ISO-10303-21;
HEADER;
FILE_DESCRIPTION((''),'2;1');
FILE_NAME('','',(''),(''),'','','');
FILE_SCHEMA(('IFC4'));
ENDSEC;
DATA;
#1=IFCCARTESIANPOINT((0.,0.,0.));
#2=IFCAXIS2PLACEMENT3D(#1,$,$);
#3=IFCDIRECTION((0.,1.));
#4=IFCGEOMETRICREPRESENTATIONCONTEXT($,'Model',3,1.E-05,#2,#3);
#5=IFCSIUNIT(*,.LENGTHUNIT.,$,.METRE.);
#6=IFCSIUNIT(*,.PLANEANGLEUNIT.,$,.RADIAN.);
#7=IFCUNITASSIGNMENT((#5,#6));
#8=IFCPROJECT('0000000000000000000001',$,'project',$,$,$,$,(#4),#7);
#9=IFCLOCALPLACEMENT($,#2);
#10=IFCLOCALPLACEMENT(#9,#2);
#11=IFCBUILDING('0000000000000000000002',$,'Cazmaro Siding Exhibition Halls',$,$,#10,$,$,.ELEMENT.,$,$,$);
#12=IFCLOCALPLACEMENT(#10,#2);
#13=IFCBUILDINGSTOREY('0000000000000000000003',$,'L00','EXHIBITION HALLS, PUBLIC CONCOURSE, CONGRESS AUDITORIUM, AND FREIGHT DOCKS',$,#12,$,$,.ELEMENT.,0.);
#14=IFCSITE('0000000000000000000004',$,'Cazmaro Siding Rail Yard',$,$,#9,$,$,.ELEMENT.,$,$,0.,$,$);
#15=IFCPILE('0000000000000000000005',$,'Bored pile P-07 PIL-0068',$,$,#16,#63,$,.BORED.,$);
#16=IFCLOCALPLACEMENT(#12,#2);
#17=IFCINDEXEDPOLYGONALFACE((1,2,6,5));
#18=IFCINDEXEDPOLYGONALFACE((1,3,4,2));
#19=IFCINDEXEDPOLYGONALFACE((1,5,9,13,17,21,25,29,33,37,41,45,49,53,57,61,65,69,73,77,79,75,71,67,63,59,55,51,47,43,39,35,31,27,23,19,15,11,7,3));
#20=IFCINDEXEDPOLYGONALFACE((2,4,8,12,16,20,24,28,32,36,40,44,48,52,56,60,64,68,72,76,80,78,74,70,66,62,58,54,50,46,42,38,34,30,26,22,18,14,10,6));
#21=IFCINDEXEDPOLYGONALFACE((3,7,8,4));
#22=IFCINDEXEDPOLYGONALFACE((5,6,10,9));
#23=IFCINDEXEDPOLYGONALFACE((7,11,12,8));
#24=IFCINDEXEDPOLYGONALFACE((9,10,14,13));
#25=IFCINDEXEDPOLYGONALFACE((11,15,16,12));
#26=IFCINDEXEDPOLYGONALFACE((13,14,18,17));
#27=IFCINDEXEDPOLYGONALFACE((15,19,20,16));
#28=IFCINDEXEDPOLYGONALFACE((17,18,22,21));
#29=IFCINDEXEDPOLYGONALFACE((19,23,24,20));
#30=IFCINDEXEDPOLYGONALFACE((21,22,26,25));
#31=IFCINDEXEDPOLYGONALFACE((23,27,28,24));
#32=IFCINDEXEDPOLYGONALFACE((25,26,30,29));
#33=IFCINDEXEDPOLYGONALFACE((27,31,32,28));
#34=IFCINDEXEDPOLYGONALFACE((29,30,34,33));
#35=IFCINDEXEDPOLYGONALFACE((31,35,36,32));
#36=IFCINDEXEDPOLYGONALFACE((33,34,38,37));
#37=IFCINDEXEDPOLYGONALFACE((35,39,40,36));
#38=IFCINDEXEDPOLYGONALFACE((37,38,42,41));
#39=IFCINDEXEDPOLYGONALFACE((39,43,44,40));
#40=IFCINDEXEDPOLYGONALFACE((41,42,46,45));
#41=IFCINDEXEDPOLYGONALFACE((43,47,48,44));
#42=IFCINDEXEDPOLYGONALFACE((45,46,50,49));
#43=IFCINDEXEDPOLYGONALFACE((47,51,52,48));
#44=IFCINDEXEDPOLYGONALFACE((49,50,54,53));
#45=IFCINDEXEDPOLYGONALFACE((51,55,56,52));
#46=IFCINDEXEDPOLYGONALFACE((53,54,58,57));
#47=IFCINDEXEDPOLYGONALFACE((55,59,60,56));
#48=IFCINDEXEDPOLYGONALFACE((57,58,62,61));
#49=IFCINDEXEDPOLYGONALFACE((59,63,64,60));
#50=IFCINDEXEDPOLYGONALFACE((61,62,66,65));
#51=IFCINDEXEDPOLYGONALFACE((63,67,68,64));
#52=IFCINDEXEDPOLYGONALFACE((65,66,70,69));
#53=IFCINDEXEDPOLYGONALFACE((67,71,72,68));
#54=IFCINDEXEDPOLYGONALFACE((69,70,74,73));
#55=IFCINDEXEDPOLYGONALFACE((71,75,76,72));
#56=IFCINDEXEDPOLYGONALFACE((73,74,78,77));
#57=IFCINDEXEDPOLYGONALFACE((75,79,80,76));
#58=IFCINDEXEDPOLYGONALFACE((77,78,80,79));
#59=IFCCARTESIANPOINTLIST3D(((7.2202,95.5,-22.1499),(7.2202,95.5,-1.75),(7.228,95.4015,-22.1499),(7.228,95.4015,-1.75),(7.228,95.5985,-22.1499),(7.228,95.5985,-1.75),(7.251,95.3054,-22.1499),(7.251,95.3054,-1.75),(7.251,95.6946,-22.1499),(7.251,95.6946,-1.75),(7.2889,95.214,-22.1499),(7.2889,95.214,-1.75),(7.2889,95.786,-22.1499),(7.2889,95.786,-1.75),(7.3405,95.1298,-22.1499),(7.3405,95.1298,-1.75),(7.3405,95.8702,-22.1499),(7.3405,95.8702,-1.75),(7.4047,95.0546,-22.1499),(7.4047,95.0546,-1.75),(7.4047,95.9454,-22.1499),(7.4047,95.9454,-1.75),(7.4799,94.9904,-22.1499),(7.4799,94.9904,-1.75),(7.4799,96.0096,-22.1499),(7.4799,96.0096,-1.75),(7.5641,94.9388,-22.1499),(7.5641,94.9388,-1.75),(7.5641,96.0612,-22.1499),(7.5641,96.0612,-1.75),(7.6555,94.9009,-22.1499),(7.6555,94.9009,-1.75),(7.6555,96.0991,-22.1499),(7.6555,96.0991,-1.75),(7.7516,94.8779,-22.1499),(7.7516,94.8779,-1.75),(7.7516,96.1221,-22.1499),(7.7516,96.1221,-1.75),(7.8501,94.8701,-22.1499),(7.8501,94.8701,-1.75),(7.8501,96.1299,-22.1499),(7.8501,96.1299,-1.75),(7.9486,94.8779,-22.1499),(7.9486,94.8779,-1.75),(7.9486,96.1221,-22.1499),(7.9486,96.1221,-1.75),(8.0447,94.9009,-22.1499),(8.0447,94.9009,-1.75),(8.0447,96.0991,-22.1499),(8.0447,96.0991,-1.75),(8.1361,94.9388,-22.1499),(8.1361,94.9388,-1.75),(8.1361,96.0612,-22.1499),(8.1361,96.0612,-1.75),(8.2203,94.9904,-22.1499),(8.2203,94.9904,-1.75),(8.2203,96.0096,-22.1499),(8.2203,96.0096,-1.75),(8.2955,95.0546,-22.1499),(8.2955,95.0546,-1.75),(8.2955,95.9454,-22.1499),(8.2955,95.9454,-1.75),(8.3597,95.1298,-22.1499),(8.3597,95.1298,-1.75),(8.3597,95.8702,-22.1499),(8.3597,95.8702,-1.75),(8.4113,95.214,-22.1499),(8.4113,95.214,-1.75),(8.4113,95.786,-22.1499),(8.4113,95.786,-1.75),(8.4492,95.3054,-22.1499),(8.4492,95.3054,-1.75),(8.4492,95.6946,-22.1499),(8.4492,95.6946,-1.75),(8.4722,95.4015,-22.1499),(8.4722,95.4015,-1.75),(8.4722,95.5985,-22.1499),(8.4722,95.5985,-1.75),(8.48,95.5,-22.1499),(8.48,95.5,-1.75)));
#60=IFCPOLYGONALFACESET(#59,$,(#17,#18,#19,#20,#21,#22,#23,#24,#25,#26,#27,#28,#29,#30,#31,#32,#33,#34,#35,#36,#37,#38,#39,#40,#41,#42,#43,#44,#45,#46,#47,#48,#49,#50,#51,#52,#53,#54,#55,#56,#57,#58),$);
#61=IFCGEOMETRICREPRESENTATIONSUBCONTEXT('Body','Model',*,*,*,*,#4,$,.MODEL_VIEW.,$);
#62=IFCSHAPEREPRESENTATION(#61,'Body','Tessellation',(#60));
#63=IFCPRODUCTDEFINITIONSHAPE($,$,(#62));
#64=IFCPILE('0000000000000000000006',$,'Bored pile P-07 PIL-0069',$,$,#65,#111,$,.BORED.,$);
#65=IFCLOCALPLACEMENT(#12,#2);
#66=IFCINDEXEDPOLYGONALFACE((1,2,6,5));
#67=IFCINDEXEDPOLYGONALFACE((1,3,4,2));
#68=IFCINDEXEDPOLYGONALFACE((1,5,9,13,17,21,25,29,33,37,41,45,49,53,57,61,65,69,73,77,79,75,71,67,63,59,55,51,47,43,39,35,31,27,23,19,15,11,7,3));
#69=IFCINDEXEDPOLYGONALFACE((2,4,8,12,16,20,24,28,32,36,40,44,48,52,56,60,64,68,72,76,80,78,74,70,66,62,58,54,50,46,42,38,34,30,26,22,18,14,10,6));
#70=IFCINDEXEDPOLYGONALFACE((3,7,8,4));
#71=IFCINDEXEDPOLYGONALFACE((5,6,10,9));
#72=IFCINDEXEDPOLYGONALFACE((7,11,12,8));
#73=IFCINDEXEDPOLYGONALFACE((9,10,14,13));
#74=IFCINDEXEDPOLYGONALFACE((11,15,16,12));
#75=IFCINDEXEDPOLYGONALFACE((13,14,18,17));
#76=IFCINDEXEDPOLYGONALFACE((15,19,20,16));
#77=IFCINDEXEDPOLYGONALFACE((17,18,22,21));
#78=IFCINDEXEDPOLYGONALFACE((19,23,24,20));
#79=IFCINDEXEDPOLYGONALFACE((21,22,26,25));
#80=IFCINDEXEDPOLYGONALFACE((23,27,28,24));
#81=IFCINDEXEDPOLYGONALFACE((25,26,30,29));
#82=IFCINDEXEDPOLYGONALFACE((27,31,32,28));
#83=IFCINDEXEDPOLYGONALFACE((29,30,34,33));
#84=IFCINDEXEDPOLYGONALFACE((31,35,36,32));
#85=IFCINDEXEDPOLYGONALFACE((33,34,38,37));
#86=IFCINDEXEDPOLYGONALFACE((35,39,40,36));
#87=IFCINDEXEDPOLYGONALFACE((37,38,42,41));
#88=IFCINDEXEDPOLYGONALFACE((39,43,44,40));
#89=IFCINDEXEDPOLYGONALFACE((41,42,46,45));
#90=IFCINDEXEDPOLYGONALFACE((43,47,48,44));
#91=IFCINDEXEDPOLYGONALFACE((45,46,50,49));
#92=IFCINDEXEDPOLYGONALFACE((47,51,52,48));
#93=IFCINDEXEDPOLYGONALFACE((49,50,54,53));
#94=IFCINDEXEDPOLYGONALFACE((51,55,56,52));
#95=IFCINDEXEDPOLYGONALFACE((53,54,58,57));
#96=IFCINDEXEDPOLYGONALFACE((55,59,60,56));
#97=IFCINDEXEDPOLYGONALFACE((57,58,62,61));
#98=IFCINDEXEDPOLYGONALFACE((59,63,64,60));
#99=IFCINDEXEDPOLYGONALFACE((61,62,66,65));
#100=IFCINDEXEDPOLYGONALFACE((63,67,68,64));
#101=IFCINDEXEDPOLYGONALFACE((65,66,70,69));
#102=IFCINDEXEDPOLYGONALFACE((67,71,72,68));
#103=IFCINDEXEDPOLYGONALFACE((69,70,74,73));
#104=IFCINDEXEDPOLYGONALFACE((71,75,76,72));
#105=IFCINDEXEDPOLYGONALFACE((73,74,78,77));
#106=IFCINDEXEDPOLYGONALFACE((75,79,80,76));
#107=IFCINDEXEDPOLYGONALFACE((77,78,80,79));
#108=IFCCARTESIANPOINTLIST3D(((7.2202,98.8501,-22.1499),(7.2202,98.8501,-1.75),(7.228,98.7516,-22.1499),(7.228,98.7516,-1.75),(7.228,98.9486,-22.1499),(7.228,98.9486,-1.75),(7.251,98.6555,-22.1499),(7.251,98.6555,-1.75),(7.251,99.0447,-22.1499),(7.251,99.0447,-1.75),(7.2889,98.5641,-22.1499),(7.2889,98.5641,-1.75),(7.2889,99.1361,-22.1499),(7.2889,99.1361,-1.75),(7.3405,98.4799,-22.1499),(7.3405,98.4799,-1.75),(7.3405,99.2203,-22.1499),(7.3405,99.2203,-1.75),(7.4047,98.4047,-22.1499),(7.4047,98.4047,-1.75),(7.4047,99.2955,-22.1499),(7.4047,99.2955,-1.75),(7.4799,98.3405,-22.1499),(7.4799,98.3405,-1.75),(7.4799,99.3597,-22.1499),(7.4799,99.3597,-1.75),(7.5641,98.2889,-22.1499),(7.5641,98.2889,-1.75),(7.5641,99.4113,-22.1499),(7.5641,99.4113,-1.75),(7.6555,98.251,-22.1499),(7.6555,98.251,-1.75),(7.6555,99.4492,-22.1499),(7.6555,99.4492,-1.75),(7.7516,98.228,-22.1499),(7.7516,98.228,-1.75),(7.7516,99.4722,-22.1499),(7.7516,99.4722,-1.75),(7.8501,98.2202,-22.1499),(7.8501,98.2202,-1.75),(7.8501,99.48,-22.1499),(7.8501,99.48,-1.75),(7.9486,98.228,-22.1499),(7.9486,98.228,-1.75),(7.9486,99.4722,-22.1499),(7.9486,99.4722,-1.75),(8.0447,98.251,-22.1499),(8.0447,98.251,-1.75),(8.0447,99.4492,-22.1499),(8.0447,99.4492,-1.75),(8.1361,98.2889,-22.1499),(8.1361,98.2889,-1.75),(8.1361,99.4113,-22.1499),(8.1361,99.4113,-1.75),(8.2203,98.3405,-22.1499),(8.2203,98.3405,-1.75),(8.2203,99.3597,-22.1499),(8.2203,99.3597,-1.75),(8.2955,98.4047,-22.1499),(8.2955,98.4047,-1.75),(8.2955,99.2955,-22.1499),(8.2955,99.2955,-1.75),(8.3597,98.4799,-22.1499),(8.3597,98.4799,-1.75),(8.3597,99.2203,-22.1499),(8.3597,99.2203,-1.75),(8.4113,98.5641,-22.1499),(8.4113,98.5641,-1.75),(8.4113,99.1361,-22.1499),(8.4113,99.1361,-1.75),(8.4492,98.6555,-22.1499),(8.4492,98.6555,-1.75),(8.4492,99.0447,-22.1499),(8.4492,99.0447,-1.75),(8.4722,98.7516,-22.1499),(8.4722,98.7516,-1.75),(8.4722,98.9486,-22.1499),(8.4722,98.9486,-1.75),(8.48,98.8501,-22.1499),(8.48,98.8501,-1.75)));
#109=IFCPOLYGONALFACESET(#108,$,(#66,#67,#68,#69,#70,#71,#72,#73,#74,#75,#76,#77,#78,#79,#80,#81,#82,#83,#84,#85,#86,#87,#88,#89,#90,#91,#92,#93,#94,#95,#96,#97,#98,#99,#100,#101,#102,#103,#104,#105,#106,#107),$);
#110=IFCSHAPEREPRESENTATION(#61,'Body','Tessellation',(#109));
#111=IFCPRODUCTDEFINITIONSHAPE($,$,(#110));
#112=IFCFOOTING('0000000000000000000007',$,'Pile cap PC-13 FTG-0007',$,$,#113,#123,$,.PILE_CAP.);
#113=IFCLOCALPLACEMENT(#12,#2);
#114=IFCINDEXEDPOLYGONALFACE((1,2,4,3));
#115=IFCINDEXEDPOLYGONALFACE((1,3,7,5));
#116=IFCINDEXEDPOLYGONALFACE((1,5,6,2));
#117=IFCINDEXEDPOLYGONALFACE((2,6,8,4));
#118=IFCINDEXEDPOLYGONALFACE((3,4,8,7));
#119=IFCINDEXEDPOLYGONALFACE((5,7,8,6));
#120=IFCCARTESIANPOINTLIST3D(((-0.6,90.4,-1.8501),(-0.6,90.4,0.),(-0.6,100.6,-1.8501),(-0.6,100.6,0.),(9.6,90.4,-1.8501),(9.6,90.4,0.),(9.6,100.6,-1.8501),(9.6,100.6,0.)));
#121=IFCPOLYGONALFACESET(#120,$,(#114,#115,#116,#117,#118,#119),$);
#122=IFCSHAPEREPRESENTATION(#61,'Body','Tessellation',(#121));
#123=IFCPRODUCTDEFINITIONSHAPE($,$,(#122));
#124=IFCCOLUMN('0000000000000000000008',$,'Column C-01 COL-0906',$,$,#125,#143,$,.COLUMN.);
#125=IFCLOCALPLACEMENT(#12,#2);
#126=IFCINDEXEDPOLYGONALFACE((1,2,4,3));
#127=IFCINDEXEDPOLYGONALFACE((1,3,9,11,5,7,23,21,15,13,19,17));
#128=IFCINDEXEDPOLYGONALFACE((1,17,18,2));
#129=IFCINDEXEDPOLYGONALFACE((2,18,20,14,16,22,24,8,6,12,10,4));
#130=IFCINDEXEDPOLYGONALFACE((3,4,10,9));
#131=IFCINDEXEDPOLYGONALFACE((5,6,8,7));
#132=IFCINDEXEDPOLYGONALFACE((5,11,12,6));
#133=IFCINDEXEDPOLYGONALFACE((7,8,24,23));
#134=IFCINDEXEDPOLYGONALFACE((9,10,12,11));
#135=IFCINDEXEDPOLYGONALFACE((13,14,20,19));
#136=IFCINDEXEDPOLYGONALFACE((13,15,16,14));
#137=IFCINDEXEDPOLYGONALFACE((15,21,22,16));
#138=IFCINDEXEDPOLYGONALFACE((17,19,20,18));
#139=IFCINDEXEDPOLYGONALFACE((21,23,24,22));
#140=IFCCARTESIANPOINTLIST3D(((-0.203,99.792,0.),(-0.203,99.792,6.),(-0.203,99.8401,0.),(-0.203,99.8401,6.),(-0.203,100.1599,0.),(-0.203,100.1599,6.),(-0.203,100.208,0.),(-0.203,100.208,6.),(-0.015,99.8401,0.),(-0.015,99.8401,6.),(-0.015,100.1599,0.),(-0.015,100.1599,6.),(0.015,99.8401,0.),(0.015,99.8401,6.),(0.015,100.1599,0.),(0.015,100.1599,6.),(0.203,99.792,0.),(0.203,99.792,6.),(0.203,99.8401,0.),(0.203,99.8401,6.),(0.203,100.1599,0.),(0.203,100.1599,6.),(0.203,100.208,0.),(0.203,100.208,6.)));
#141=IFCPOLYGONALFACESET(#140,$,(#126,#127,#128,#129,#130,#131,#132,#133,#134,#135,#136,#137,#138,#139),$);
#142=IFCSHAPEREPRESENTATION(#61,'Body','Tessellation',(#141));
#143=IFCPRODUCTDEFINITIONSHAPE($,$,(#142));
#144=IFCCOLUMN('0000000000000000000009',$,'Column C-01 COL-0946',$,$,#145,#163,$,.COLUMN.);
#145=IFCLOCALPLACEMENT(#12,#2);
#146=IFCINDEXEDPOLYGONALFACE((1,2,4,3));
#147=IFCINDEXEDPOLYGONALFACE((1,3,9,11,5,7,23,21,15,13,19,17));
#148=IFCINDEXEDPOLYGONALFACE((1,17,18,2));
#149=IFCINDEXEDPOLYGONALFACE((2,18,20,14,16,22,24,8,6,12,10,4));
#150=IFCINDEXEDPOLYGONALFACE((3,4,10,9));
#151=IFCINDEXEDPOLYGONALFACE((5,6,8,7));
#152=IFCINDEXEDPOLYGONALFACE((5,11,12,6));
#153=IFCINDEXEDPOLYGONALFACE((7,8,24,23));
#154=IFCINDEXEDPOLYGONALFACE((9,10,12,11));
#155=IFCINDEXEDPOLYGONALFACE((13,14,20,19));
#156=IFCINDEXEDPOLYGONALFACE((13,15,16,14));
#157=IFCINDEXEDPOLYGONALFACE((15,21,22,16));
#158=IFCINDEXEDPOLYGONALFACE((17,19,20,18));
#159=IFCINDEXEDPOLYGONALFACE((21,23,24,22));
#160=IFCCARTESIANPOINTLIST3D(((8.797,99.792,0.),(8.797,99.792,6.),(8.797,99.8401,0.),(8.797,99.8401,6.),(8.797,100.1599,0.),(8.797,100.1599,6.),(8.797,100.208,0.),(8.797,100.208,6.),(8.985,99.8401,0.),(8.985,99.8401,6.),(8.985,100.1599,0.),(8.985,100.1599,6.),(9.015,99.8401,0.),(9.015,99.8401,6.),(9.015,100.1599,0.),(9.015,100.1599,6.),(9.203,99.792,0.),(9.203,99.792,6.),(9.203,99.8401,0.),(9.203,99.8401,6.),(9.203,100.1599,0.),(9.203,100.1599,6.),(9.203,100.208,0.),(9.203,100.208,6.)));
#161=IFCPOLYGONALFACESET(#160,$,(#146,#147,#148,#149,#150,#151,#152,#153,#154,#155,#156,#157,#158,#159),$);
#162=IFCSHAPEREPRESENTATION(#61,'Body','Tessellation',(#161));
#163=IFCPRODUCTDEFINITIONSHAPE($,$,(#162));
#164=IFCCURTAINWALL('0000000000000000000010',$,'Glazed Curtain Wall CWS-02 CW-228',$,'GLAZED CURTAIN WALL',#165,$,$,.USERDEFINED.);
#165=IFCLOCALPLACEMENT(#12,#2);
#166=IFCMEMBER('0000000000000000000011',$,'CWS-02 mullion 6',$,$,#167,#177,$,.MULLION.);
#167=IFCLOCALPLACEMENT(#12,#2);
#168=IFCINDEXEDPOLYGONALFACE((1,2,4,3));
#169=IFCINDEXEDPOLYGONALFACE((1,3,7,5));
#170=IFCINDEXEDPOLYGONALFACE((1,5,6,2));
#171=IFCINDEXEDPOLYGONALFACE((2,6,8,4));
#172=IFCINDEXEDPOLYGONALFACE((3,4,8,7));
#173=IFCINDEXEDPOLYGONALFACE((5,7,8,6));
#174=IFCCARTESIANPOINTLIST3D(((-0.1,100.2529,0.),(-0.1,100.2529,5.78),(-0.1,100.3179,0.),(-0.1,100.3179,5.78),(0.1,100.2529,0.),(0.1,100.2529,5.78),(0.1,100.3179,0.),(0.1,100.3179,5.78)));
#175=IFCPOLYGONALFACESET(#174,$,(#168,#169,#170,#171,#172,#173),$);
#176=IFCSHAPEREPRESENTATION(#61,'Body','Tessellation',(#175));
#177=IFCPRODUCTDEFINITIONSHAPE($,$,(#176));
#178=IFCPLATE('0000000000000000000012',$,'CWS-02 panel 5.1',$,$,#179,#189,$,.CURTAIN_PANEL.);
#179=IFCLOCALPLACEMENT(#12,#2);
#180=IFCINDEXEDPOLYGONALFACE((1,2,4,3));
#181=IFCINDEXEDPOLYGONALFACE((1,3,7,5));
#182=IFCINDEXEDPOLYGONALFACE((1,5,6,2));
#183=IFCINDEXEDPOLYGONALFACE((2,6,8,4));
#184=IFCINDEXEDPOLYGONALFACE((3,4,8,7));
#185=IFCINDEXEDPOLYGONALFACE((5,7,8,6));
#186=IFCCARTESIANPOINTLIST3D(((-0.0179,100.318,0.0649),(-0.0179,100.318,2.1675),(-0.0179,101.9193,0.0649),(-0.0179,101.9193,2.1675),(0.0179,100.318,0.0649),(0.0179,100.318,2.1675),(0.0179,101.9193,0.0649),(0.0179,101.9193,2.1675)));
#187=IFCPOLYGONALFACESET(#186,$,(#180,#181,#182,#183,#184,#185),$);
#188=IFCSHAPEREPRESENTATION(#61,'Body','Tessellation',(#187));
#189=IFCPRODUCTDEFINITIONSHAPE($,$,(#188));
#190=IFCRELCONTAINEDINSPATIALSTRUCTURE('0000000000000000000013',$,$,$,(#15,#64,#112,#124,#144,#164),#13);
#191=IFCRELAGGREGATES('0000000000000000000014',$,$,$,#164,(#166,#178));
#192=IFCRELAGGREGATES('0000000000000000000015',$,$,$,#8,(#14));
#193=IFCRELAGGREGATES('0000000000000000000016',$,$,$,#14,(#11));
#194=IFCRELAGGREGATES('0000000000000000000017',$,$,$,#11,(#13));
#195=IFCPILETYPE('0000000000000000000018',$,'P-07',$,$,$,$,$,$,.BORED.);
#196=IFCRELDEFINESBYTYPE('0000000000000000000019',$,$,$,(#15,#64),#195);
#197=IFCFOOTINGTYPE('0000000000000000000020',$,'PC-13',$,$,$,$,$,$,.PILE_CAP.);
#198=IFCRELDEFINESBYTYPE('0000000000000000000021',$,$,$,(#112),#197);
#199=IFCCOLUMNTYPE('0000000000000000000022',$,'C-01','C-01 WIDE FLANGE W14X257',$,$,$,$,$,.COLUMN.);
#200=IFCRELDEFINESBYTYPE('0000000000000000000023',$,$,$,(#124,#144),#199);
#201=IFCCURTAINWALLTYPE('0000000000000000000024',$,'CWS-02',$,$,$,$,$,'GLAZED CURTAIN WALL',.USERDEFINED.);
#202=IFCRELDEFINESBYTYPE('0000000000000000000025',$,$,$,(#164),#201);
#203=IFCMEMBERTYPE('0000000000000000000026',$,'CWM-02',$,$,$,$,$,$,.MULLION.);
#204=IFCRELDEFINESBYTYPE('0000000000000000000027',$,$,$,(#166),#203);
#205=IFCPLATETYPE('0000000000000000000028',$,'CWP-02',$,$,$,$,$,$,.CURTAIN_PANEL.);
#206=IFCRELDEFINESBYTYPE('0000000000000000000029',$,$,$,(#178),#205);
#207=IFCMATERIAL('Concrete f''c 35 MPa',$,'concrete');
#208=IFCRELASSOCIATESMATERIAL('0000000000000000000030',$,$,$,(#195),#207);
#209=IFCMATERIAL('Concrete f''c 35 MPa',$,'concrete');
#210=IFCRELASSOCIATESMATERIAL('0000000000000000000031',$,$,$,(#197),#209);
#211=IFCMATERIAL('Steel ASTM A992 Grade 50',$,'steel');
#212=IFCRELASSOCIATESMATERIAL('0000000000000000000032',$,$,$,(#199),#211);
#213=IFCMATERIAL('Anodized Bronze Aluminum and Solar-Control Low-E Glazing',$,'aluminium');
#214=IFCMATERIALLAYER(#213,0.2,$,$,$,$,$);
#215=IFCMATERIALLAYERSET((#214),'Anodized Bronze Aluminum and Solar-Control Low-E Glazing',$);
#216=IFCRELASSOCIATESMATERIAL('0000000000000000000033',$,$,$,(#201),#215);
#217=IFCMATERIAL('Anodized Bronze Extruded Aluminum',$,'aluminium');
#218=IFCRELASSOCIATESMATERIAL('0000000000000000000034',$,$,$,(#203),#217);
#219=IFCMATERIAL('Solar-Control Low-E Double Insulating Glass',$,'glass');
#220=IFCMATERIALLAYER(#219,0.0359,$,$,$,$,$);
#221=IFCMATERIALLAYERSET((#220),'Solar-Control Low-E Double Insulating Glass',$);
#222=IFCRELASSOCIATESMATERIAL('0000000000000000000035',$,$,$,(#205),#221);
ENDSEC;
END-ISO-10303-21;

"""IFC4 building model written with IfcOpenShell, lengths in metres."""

from ifc_helpers import new_model, si_unit, direction, frame, origin, origin_2d, place, context, subcontext, project, spatial, rectangle, circle, i_section, extrude, material, layer, layer_set, material_profile, profile_set, type_object, element, aggregate, save


model = new_model("IFC4")

# Units and contexts
model_context = context("Model", 3, precision=1e-05, world=origin(), true_north=direction((0.0, 1.0)))
body_context = subcontext(model_context, "Body", "Model", "MODEL_VIEW")
ifc_project = project(units=[si_unit("LENGTHUNIT", "METRE"), si_unit("PLANEANGLEUNIT", "RADIAN")], contexts=[model_context])

# Site, building, storey
site_placement = place(None, origin())
site = spatial("IfcSite", under=ifc_project, at=site_placement, Name="Cazmaro Siding Rail Yard", CompositionType="ELEMENT", RefElevation=0.0)
building_placement = place(site_placement, origin())
building = spatial("IfcBuilding", under=site, at=building_placement, Name="Cazmaro Siding Exhibition Halls", CompositionType="ELEMENT")
storey_placement = place(building_placement, origin())
storey = spatial("IfcBuildingStorey", under=building, at=storey_placement, Name="L00", Description="EXHIBITION HALLS, PUBLIC CONCOURSE, CONGRESS AUDITORIUM, AND FREIGHT DOCKS", CompositionType="ELEMENT", Elevation=0.0)

# Piles
ifc_material_1 = material(Name="Concrete f'c 35 MPa", Category="concrete")
ifc_material_profile_1 = material_profile(ifc_material_1, circle(Radius=0.6299, at=origin_2d()), Name="CIDH-1260")
ifc_profile_set_1 = profile_set([ifc_material_profile_1], Name="Concrete f'c 35 MPa")
pile_type = type_object("IfcPileType", Name="P-07", PredefinedType="BORED", material=ifc_profile_set_1)
for number, where, z_axis, x_axis, name in (
    (1, (7.8501, 95.5, -1.75), (0.0, 0.0, -1.0), (1.0, 0.0, 0.0), "Bored pile P-07 PIL-0068"),
    (2, (7.8501, 98.8501, -1.75), (0.0, 0.0, -1.0), (1.0, 0.0, 0.0), "Bored pile P-07 PIL-0069"),
):
    element("IfcPile", number, at=place(storey_placement, frame(where, z_axis=z_axis, x_axis=x_axis)), inside=storey, type_object=pile_type, Name=name, PredefinedType="BORED", context=body_context, shape_type="SweptSolid", body=[
        extrude(circle(Radius=0.6299, at=origin_2d()), origin(), (0.0, 0.0, 1.0), 20.3999),
    ])

# Footing
ifc_material_2 = material(Name="Concrete f'c 35 MPa", Category="concrete")
footing_type = type_object("IfcFootingType", Name="PC-13", PredefinedType="PILE_CAP", material=ifc_material_2)
footing_placement = place(storey_placement, frame((4.5, 95.5, -1.8501), z_axis=(0.0, 0.0, 1.0), x_axis=(1.0, 0.0, 0.0)))
element("IfcFooting", 3, at=footing_placement, inside=storey, type_object=footing_type, Name="Pile cap PC-13 FTG-0007", PredefinedType="PILE_CAP", context=body_context, shape_type="SweptSolid", body=[
    extrude(rectangle(XDim=10.2, YDim=10.2, at=origin_2d()), origin(), (0.0, 0.0, 1.0), 1.8501),
])

# Columns
ifc_material_3 = material(Name="Steel ASTM A992 Grade 50", Category="steel")
ifc_material_profile_2 = material_profile(ifc_material_3, i_section(OverallWidth=0.406, OverallDepth=0.416, WebThickness=0.03, FlangeThickness=0.0481, at=origin_2d()), Name="W14X257")
ifc_profile_set_2 = profile_set([ifc_material_profile_2], Name="Steel ASTM A992 Grade 50")
column_type = type_object("IfcColumnType", Name="C-01", Description="C-01 WIDE FLANGE W14X257", PredefinedType="COLUMN", material=ifc_profile_set_2)
for number, where, z_axis, x_axis, name in (
    (4, (0.0, 100.0, 0.0), (0.0, 0.0, 1.0), (1.0, 0.0, 0.0), "Column C-01 COL-0906"),
    (5, (9.0, 100.0, 0.0), (0.0, 0.0, 1.0), (1.0, 0.0, 0.0), "Column C-01 COL-0946"),
):
    element("IfcColumn", number, at=place(storey_placement, frame(where, z_axis=z_axis, x_axis=x_axis)), inside=storey, type_object=column_type, Name=name, PredefinedType="COLUMN", context=body_context, shape_type="SweptSolid", body=[
        extrude(i_section(OverallWidth=0.406, OverallDepth=0.416, WebThickness=0.03, FlangeThickness=0.0481, at=origin_2d()), origin(), (0.0, 0.0, 1.0), 6.0),
    ])

# Curtain wall, member, plate
ifc_material_4 = material(Name="Anodized Bronze Aluminum and Solar-Control Low-E Glazing", Category="aluminium")
ifc_layer_1 = layer(ifc_material_4, 0.2)
ifc_layer_set_1 = layer_set([ifc_layer_1], Name="Anodized Bronze Aluminum and Solar-Control Low-E Glazing")
curtain_wall_type = type_object("IfcCurtainWallType", Name="CWS-02", ElementType="GLAZED CURTAIN WALL", PredefinedType="USERDEFINED", material=ifc_layer_set_1)
curtain_wall_placement = place(storey_placement, origin())
curtain_wall = element("IfcCurtainWall", 6, at=curtain_wall_placement, inside=storey, type_object=curtain_wall_type, Name="Glazed Curtain Wall CWS-02 CW-228", ObjectType="GLAZED CURTAIN WALL", PredefinedType="USERDEFINED")
ifc_material_5 = material(Name="Anodized Bronze Extruded Aluminum", Category="aluminium")
ifc_material_profile_3 = material_profile(ifc_material_5, rectangle(XDim=0.2, YDim=0.0649, at=origin_2d()), Name="CWM-02")
ifc_profile_set_3 = profile_set([ifc_material_profile_3], Name="Anodized Bronze Extruded Aluminum")
member_type = type_object("IfcMemberType", Name="CWM-02", PredefinedType="MULLION", material=ifc_profile_set_3)
member_placement = place(storey_placement, frame((0.0, 100.2854, 0.0), z_axis=(0.0, 0.0, 1.0), x_axis=(1.0, 0.0, 0.0)))
member = element("IfcMember", 7, at=member_placement, type_object=member_type, Name="CWS-02 mullion 6", PredefinedType="MULLION", context=body_context, shape_type="SweptSolid", body=[
    extrude(rectangle(XDim=0.2, YDim=0.0649, at=origin_2d()), origin(), (0.0, 0.0, 1.0), 5.78),
])
ifc_material_6 = material(Name="Solar-Control Low-E Double Insulating Glass", Category="glass")
ifc_layer_2 = layer(ifc_material_6, 0.0359)
ifc_layer_set_2 = layer_set([ifc_layer_2], Name="Solar-Control Low-E Double Insulating Glass")
plate_type = type_object("IfcPlateType", Name="CWP-02", PredefinedType="CURTAIN_PANEL", material=ifc_layer_set_2)
plate_placement = place(storey_placement, frame((0.0, 101.1187, 0.0649), z_axis=(0.0, 0.0, 1.0), x_axis=(0.0, -1.0, 0.0)))
plate = element("IfcPlate", 8, at=plate_placement, type_object=plate_type, Name="CWS-02 panel 5.1", PredefinedType="CURTAIN_PANEL", context=body_context, shape_type="SweptSolid", body=[
    extrude(rectangle(XDim=1.6013, YDim=0.0359, at=origin_2d()), origin(), (0.0, 0.0, 1.0), 2.1025),
])
aggregate(curtain_wall, [member, plate])

save(model, "model.ifc")
